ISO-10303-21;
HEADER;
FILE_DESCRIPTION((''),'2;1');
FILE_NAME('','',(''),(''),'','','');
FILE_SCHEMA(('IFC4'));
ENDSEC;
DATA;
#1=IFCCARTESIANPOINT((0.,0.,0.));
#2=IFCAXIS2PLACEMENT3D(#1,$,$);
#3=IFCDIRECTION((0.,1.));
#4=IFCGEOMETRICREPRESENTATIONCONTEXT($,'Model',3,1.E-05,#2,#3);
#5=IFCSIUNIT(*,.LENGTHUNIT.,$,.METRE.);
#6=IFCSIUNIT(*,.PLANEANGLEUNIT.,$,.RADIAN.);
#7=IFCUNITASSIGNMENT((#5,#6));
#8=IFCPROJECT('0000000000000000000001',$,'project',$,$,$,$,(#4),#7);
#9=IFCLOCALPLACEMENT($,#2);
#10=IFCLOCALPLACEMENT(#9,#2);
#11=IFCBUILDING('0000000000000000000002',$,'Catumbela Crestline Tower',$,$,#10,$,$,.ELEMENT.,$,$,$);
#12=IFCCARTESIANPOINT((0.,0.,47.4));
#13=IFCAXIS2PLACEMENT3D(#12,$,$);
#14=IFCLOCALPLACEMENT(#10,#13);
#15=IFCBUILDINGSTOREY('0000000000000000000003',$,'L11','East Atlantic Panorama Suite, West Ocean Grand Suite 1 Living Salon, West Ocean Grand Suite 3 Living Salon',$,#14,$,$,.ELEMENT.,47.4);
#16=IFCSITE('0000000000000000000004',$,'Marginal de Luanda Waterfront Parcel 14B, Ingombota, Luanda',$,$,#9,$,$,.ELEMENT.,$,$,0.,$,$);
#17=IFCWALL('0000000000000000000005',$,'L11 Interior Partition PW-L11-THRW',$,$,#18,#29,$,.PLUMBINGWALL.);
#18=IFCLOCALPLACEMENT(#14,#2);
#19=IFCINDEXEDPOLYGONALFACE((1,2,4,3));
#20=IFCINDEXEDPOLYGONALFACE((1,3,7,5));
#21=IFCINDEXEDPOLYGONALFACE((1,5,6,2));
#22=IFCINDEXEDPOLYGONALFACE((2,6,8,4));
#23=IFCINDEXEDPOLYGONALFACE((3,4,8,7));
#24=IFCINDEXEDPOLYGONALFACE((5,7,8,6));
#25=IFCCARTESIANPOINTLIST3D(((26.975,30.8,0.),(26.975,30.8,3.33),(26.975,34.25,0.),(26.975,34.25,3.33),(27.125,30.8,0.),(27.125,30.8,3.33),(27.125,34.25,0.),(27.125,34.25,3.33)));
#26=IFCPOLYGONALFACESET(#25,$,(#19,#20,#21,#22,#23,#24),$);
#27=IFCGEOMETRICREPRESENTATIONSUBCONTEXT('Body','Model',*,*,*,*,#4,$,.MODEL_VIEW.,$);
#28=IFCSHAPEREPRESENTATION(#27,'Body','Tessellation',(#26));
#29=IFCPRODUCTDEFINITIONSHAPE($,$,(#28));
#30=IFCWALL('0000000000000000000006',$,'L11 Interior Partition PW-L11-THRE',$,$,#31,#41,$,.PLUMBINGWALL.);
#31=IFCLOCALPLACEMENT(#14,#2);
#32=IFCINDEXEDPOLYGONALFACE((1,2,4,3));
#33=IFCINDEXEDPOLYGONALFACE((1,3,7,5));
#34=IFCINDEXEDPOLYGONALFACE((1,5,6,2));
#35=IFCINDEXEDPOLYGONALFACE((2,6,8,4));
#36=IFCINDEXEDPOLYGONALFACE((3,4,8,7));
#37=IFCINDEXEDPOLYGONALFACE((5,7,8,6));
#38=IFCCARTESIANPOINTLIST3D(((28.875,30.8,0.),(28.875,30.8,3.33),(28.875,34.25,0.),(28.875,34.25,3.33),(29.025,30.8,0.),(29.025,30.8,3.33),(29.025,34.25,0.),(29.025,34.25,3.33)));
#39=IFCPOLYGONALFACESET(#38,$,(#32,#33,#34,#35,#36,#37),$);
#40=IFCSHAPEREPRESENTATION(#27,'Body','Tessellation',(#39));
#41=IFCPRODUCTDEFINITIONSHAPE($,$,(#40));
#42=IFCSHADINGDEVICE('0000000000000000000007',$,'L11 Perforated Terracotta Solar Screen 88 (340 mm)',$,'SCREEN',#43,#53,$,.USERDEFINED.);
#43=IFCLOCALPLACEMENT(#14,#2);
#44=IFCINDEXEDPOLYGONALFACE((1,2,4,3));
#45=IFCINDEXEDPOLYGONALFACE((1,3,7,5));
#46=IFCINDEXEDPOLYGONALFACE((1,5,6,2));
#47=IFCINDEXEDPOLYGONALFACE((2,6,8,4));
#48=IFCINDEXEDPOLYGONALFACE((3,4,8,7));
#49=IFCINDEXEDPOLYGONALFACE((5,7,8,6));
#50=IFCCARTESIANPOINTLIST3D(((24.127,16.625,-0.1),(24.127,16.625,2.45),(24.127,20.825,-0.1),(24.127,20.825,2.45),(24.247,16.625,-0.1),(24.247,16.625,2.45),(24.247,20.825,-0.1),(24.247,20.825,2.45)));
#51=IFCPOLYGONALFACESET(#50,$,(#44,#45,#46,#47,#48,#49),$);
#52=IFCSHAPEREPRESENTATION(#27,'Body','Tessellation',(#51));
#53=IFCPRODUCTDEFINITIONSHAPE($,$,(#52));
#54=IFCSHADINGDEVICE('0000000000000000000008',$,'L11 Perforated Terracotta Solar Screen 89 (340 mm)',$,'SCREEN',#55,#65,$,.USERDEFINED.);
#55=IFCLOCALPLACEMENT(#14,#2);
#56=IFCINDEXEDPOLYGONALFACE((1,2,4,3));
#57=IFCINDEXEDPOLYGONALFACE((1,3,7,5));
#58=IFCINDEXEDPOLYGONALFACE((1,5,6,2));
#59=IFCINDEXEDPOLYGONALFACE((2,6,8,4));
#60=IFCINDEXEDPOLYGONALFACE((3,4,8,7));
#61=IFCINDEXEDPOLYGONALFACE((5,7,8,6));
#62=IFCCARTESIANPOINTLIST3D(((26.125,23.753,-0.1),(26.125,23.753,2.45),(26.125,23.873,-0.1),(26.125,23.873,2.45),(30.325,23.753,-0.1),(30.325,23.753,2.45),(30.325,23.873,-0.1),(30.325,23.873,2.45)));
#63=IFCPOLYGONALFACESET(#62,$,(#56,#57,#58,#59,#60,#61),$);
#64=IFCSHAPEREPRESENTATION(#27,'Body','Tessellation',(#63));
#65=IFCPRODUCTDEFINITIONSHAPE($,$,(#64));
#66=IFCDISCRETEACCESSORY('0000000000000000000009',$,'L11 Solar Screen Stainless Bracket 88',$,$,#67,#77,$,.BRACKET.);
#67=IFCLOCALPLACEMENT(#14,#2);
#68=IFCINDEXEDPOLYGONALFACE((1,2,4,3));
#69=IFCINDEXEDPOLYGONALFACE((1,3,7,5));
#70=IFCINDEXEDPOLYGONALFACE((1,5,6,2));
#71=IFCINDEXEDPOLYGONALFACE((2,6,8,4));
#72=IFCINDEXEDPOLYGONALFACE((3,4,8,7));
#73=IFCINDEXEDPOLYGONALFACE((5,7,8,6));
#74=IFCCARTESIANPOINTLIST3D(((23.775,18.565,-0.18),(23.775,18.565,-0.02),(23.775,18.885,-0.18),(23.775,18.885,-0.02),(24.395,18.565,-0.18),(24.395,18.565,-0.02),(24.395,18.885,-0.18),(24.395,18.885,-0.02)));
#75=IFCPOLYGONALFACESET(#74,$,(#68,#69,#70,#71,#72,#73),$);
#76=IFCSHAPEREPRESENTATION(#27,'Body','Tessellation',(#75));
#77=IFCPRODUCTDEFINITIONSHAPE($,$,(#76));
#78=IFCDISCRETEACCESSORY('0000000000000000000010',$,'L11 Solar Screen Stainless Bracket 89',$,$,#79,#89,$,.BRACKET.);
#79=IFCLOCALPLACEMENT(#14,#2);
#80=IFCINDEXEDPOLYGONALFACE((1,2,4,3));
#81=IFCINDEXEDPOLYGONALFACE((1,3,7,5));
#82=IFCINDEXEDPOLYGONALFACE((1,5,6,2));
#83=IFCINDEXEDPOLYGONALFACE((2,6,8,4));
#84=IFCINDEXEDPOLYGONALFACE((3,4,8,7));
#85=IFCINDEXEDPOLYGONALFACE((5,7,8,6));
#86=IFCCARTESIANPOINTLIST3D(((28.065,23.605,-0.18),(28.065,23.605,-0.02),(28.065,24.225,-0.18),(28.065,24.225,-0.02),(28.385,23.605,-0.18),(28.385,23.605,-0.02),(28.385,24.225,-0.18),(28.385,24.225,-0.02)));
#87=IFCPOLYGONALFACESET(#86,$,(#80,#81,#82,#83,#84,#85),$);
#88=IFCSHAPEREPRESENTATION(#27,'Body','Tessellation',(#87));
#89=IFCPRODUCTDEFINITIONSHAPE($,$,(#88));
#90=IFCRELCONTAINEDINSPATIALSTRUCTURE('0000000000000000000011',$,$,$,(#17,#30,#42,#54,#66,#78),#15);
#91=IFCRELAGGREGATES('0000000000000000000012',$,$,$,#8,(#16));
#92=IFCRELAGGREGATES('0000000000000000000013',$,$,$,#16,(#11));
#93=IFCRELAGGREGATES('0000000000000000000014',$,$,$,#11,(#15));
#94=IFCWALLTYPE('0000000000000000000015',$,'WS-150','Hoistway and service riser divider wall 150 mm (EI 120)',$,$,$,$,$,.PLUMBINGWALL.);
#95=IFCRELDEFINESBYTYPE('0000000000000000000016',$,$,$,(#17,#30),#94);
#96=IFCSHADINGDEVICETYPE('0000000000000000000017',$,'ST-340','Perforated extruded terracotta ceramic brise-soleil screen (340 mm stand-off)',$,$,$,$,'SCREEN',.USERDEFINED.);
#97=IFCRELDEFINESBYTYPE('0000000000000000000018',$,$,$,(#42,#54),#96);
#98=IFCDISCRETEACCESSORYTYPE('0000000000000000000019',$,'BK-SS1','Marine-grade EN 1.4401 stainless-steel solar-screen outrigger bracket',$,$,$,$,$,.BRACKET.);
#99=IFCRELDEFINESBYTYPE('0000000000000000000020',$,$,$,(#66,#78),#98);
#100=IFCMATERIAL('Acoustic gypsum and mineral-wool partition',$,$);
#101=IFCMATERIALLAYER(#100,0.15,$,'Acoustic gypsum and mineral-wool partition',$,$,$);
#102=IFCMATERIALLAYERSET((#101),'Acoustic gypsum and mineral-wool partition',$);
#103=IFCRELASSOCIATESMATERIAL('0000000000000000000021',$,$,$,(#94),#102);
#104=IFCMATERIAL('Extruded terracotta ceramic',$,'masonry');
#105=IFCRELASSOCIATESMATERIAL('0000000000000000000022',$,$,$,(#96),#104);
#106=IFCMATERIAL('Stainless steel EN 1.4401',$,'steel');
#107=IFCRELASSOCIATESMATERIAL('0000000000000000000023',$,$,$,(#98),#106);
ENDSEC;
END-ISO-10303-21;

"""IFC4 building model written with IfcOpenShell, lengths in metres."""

from ifc_helpers import new_model, si_unit, direction, frame, frame_2d, origin, origin_2d, place, context, subcontext, project, spatial, rectangle, extrude, material, layer, layer_set, type_object, element, save


model = new_model("IFC4")

# Units and contexts
model_context = context("Model", 3, precision=1e-05, world=origin(), true_north=direction((0.0, 1.0)))
body_context = subcontext(model_context, "Body", "Model", "MODEL_VIEW")
ifc_project = project(units=[si_unit("LENGTHUNIT", "METRE"), si_unit("PLANEANGLEUNIT", "RADIAN")], contexts=[model_context])

# Site, building, storey
site_placement = place(None, origin())
site = spatial("IfcSite", under=ifc_project, at=site_placement, Name="Marginal de Luanda Waterfront Parcel 14B, Ingombota, Luanda", CompositionType="ELEMENT", RefElevation=0.0)
building_placement = place(site_placement, origin())
building = spatial("IfcBuilding", under=site, at=building_placement, Name="Catumbela Crestline Tower", CompositionType="ELEMENT")
storey_placement = place(building_placement, frame((0.0, 0.0, 47.4)))
storey = spatial("IfcBuildingStorey", under=building, at=storey_placement, Name="L11", Description="East Atlantic Panorama Suite, West Ocean Grand Suite 1 Living Salon, West Ocean Grand Suite 3 Living Salon", CompositionType="ELEMENT", Elevation=47.4)

# Shared definitions
ifc_material_1 = material(Name="Stainless steel EN 1.4401", Category="steel")
ifc_material_2 = material(Name="Acoustic gypsum and mineral-wool partition")

# Walls
ifc_layer_1 = layer(ifc_material_2, 0.15, Name="Acoustic gypsum and mineral-wool partition")
ifc_layer_set_1 = layer_set([ifc_layer_1], Name="Acoustic gypsum and mineral-wool partition")
wall_type_1 = type_object("IfcWallType", Name="WS-150", Description="Hoistway and service riser divider wall 150 mm (EI 120)", PredefinedType="PLUMBINGWALL", material=ifc_layer_set_1)
for number, where, z_axis, x_axis, name in (
    (1, (27.05, 30.8, 0.0), (0.0, 0.0, 1.0), (0.0, 1.0, 0.0), "L11 Interior Partition PW-L11-THRW"),
    (2, (28.95, 30.8, 0.0), (0.0, 0.0, 1.0), (0.0, 1.0, 0.0), "L11 Interior Partition PW-L11-THRE"),
):
    element("IfcWall", number, at=place(storey_placement, frame(where, z_axis=z_axis, x_axis=x_axis)), inside=storey, type_object=wall_type_1, Name=name, PredefinedType="PLUMBINGWALL", context=body_context, shape_type="SweptSolid", body=[
        extrude(rectangle(XDim=3.45, YDim=0.15, at=frame_2d((1.725, 0.0))), origin(), (0.0, 0.0, 1.0), 3.33),
    ])

# Shading devices
ifc_material_3 = material(Name="Extruded terracotta ceramic", Category="masonry")
shading_device_type = type_object("IfcShadingDeviceType", Name="ST-340", Description="Perforated extruded terracotta ceramic brise-soleil screen (340 mm stand-off)", ElementType="SCREEN", PredefinedType="USERDEFINED", material=ifc_material_3)
for number, where, z_axis, x_axis, name in (
    (3, (24.187, 18.725, -0.1), (0.0, 0.0, 1.0), (0.0, 1.0, 0.0), "L11 Perforated Terracotta Solar Screen 88 (340 mm)"),
    (4, (28.225, 23.813, -0.1), (0.0, 0.0, 1.0), (1.0, 0.0, 0.0), "L11 Perforated Terracotta Solar Screen 89 (340 mm)"),
):
    element("IfcShadingDevice", number, at=place(storey_placement, frame(where, z_axis=z_axis, x_axis=x_axis)), inside=storey, type_object=shading_device_type, Name=name, ObjectType="SCREEN", PredefinedType="USERDEFINED", context=body_context, shape_type="SweptSolid", body=[
        extrude(rectangle(XDim=4.2, YDim=0.12, at=origin_2d()), origin(), (0.0, 0.0, 1.0), 2.55),
    ])

# Discrete accessories
discrete_accessory_type = type_object("IfcDiscreteAccessoryType", Name="BK-SS1", Description="Marine-grade EN 1.4401 stainless-steel solar-screen outrigger bracket", PredefinedType="BRACKET", material=ifc_material_1)
for number, where, z_axis, x_axis, name in (
    (5, (24.085, 18.725, -0.18), (0.0, 0.0, 1.0), (0.0, 1.0, 0.0), "L11 Solar Screen Stainless Bracket 88"),
    (6, (28.225, 23.915, -0.18), (0.0, 0.0, 1.0), (1.0, 0.0, 0.0), "L11 Solar Screen Stainless Bracket 89"),
):
    element("IfcDiscreteAccessory", number, at=place(storey_placement, frame(where, z_axis=z_axis, x_axis=x_axis)), inside=storey, type_object=discrete_accessory_type, Name=name, PredefinedType="BRACKET", context=body_context, shape_type="SweptSolid", body=[
        extrude(rectangle(XDim=0.32, YDim=0.62, at=origin_2d()), origin(), (0.0, 0.0, 1.0), 0.16),
    ])

save(model, "model.ifc")
